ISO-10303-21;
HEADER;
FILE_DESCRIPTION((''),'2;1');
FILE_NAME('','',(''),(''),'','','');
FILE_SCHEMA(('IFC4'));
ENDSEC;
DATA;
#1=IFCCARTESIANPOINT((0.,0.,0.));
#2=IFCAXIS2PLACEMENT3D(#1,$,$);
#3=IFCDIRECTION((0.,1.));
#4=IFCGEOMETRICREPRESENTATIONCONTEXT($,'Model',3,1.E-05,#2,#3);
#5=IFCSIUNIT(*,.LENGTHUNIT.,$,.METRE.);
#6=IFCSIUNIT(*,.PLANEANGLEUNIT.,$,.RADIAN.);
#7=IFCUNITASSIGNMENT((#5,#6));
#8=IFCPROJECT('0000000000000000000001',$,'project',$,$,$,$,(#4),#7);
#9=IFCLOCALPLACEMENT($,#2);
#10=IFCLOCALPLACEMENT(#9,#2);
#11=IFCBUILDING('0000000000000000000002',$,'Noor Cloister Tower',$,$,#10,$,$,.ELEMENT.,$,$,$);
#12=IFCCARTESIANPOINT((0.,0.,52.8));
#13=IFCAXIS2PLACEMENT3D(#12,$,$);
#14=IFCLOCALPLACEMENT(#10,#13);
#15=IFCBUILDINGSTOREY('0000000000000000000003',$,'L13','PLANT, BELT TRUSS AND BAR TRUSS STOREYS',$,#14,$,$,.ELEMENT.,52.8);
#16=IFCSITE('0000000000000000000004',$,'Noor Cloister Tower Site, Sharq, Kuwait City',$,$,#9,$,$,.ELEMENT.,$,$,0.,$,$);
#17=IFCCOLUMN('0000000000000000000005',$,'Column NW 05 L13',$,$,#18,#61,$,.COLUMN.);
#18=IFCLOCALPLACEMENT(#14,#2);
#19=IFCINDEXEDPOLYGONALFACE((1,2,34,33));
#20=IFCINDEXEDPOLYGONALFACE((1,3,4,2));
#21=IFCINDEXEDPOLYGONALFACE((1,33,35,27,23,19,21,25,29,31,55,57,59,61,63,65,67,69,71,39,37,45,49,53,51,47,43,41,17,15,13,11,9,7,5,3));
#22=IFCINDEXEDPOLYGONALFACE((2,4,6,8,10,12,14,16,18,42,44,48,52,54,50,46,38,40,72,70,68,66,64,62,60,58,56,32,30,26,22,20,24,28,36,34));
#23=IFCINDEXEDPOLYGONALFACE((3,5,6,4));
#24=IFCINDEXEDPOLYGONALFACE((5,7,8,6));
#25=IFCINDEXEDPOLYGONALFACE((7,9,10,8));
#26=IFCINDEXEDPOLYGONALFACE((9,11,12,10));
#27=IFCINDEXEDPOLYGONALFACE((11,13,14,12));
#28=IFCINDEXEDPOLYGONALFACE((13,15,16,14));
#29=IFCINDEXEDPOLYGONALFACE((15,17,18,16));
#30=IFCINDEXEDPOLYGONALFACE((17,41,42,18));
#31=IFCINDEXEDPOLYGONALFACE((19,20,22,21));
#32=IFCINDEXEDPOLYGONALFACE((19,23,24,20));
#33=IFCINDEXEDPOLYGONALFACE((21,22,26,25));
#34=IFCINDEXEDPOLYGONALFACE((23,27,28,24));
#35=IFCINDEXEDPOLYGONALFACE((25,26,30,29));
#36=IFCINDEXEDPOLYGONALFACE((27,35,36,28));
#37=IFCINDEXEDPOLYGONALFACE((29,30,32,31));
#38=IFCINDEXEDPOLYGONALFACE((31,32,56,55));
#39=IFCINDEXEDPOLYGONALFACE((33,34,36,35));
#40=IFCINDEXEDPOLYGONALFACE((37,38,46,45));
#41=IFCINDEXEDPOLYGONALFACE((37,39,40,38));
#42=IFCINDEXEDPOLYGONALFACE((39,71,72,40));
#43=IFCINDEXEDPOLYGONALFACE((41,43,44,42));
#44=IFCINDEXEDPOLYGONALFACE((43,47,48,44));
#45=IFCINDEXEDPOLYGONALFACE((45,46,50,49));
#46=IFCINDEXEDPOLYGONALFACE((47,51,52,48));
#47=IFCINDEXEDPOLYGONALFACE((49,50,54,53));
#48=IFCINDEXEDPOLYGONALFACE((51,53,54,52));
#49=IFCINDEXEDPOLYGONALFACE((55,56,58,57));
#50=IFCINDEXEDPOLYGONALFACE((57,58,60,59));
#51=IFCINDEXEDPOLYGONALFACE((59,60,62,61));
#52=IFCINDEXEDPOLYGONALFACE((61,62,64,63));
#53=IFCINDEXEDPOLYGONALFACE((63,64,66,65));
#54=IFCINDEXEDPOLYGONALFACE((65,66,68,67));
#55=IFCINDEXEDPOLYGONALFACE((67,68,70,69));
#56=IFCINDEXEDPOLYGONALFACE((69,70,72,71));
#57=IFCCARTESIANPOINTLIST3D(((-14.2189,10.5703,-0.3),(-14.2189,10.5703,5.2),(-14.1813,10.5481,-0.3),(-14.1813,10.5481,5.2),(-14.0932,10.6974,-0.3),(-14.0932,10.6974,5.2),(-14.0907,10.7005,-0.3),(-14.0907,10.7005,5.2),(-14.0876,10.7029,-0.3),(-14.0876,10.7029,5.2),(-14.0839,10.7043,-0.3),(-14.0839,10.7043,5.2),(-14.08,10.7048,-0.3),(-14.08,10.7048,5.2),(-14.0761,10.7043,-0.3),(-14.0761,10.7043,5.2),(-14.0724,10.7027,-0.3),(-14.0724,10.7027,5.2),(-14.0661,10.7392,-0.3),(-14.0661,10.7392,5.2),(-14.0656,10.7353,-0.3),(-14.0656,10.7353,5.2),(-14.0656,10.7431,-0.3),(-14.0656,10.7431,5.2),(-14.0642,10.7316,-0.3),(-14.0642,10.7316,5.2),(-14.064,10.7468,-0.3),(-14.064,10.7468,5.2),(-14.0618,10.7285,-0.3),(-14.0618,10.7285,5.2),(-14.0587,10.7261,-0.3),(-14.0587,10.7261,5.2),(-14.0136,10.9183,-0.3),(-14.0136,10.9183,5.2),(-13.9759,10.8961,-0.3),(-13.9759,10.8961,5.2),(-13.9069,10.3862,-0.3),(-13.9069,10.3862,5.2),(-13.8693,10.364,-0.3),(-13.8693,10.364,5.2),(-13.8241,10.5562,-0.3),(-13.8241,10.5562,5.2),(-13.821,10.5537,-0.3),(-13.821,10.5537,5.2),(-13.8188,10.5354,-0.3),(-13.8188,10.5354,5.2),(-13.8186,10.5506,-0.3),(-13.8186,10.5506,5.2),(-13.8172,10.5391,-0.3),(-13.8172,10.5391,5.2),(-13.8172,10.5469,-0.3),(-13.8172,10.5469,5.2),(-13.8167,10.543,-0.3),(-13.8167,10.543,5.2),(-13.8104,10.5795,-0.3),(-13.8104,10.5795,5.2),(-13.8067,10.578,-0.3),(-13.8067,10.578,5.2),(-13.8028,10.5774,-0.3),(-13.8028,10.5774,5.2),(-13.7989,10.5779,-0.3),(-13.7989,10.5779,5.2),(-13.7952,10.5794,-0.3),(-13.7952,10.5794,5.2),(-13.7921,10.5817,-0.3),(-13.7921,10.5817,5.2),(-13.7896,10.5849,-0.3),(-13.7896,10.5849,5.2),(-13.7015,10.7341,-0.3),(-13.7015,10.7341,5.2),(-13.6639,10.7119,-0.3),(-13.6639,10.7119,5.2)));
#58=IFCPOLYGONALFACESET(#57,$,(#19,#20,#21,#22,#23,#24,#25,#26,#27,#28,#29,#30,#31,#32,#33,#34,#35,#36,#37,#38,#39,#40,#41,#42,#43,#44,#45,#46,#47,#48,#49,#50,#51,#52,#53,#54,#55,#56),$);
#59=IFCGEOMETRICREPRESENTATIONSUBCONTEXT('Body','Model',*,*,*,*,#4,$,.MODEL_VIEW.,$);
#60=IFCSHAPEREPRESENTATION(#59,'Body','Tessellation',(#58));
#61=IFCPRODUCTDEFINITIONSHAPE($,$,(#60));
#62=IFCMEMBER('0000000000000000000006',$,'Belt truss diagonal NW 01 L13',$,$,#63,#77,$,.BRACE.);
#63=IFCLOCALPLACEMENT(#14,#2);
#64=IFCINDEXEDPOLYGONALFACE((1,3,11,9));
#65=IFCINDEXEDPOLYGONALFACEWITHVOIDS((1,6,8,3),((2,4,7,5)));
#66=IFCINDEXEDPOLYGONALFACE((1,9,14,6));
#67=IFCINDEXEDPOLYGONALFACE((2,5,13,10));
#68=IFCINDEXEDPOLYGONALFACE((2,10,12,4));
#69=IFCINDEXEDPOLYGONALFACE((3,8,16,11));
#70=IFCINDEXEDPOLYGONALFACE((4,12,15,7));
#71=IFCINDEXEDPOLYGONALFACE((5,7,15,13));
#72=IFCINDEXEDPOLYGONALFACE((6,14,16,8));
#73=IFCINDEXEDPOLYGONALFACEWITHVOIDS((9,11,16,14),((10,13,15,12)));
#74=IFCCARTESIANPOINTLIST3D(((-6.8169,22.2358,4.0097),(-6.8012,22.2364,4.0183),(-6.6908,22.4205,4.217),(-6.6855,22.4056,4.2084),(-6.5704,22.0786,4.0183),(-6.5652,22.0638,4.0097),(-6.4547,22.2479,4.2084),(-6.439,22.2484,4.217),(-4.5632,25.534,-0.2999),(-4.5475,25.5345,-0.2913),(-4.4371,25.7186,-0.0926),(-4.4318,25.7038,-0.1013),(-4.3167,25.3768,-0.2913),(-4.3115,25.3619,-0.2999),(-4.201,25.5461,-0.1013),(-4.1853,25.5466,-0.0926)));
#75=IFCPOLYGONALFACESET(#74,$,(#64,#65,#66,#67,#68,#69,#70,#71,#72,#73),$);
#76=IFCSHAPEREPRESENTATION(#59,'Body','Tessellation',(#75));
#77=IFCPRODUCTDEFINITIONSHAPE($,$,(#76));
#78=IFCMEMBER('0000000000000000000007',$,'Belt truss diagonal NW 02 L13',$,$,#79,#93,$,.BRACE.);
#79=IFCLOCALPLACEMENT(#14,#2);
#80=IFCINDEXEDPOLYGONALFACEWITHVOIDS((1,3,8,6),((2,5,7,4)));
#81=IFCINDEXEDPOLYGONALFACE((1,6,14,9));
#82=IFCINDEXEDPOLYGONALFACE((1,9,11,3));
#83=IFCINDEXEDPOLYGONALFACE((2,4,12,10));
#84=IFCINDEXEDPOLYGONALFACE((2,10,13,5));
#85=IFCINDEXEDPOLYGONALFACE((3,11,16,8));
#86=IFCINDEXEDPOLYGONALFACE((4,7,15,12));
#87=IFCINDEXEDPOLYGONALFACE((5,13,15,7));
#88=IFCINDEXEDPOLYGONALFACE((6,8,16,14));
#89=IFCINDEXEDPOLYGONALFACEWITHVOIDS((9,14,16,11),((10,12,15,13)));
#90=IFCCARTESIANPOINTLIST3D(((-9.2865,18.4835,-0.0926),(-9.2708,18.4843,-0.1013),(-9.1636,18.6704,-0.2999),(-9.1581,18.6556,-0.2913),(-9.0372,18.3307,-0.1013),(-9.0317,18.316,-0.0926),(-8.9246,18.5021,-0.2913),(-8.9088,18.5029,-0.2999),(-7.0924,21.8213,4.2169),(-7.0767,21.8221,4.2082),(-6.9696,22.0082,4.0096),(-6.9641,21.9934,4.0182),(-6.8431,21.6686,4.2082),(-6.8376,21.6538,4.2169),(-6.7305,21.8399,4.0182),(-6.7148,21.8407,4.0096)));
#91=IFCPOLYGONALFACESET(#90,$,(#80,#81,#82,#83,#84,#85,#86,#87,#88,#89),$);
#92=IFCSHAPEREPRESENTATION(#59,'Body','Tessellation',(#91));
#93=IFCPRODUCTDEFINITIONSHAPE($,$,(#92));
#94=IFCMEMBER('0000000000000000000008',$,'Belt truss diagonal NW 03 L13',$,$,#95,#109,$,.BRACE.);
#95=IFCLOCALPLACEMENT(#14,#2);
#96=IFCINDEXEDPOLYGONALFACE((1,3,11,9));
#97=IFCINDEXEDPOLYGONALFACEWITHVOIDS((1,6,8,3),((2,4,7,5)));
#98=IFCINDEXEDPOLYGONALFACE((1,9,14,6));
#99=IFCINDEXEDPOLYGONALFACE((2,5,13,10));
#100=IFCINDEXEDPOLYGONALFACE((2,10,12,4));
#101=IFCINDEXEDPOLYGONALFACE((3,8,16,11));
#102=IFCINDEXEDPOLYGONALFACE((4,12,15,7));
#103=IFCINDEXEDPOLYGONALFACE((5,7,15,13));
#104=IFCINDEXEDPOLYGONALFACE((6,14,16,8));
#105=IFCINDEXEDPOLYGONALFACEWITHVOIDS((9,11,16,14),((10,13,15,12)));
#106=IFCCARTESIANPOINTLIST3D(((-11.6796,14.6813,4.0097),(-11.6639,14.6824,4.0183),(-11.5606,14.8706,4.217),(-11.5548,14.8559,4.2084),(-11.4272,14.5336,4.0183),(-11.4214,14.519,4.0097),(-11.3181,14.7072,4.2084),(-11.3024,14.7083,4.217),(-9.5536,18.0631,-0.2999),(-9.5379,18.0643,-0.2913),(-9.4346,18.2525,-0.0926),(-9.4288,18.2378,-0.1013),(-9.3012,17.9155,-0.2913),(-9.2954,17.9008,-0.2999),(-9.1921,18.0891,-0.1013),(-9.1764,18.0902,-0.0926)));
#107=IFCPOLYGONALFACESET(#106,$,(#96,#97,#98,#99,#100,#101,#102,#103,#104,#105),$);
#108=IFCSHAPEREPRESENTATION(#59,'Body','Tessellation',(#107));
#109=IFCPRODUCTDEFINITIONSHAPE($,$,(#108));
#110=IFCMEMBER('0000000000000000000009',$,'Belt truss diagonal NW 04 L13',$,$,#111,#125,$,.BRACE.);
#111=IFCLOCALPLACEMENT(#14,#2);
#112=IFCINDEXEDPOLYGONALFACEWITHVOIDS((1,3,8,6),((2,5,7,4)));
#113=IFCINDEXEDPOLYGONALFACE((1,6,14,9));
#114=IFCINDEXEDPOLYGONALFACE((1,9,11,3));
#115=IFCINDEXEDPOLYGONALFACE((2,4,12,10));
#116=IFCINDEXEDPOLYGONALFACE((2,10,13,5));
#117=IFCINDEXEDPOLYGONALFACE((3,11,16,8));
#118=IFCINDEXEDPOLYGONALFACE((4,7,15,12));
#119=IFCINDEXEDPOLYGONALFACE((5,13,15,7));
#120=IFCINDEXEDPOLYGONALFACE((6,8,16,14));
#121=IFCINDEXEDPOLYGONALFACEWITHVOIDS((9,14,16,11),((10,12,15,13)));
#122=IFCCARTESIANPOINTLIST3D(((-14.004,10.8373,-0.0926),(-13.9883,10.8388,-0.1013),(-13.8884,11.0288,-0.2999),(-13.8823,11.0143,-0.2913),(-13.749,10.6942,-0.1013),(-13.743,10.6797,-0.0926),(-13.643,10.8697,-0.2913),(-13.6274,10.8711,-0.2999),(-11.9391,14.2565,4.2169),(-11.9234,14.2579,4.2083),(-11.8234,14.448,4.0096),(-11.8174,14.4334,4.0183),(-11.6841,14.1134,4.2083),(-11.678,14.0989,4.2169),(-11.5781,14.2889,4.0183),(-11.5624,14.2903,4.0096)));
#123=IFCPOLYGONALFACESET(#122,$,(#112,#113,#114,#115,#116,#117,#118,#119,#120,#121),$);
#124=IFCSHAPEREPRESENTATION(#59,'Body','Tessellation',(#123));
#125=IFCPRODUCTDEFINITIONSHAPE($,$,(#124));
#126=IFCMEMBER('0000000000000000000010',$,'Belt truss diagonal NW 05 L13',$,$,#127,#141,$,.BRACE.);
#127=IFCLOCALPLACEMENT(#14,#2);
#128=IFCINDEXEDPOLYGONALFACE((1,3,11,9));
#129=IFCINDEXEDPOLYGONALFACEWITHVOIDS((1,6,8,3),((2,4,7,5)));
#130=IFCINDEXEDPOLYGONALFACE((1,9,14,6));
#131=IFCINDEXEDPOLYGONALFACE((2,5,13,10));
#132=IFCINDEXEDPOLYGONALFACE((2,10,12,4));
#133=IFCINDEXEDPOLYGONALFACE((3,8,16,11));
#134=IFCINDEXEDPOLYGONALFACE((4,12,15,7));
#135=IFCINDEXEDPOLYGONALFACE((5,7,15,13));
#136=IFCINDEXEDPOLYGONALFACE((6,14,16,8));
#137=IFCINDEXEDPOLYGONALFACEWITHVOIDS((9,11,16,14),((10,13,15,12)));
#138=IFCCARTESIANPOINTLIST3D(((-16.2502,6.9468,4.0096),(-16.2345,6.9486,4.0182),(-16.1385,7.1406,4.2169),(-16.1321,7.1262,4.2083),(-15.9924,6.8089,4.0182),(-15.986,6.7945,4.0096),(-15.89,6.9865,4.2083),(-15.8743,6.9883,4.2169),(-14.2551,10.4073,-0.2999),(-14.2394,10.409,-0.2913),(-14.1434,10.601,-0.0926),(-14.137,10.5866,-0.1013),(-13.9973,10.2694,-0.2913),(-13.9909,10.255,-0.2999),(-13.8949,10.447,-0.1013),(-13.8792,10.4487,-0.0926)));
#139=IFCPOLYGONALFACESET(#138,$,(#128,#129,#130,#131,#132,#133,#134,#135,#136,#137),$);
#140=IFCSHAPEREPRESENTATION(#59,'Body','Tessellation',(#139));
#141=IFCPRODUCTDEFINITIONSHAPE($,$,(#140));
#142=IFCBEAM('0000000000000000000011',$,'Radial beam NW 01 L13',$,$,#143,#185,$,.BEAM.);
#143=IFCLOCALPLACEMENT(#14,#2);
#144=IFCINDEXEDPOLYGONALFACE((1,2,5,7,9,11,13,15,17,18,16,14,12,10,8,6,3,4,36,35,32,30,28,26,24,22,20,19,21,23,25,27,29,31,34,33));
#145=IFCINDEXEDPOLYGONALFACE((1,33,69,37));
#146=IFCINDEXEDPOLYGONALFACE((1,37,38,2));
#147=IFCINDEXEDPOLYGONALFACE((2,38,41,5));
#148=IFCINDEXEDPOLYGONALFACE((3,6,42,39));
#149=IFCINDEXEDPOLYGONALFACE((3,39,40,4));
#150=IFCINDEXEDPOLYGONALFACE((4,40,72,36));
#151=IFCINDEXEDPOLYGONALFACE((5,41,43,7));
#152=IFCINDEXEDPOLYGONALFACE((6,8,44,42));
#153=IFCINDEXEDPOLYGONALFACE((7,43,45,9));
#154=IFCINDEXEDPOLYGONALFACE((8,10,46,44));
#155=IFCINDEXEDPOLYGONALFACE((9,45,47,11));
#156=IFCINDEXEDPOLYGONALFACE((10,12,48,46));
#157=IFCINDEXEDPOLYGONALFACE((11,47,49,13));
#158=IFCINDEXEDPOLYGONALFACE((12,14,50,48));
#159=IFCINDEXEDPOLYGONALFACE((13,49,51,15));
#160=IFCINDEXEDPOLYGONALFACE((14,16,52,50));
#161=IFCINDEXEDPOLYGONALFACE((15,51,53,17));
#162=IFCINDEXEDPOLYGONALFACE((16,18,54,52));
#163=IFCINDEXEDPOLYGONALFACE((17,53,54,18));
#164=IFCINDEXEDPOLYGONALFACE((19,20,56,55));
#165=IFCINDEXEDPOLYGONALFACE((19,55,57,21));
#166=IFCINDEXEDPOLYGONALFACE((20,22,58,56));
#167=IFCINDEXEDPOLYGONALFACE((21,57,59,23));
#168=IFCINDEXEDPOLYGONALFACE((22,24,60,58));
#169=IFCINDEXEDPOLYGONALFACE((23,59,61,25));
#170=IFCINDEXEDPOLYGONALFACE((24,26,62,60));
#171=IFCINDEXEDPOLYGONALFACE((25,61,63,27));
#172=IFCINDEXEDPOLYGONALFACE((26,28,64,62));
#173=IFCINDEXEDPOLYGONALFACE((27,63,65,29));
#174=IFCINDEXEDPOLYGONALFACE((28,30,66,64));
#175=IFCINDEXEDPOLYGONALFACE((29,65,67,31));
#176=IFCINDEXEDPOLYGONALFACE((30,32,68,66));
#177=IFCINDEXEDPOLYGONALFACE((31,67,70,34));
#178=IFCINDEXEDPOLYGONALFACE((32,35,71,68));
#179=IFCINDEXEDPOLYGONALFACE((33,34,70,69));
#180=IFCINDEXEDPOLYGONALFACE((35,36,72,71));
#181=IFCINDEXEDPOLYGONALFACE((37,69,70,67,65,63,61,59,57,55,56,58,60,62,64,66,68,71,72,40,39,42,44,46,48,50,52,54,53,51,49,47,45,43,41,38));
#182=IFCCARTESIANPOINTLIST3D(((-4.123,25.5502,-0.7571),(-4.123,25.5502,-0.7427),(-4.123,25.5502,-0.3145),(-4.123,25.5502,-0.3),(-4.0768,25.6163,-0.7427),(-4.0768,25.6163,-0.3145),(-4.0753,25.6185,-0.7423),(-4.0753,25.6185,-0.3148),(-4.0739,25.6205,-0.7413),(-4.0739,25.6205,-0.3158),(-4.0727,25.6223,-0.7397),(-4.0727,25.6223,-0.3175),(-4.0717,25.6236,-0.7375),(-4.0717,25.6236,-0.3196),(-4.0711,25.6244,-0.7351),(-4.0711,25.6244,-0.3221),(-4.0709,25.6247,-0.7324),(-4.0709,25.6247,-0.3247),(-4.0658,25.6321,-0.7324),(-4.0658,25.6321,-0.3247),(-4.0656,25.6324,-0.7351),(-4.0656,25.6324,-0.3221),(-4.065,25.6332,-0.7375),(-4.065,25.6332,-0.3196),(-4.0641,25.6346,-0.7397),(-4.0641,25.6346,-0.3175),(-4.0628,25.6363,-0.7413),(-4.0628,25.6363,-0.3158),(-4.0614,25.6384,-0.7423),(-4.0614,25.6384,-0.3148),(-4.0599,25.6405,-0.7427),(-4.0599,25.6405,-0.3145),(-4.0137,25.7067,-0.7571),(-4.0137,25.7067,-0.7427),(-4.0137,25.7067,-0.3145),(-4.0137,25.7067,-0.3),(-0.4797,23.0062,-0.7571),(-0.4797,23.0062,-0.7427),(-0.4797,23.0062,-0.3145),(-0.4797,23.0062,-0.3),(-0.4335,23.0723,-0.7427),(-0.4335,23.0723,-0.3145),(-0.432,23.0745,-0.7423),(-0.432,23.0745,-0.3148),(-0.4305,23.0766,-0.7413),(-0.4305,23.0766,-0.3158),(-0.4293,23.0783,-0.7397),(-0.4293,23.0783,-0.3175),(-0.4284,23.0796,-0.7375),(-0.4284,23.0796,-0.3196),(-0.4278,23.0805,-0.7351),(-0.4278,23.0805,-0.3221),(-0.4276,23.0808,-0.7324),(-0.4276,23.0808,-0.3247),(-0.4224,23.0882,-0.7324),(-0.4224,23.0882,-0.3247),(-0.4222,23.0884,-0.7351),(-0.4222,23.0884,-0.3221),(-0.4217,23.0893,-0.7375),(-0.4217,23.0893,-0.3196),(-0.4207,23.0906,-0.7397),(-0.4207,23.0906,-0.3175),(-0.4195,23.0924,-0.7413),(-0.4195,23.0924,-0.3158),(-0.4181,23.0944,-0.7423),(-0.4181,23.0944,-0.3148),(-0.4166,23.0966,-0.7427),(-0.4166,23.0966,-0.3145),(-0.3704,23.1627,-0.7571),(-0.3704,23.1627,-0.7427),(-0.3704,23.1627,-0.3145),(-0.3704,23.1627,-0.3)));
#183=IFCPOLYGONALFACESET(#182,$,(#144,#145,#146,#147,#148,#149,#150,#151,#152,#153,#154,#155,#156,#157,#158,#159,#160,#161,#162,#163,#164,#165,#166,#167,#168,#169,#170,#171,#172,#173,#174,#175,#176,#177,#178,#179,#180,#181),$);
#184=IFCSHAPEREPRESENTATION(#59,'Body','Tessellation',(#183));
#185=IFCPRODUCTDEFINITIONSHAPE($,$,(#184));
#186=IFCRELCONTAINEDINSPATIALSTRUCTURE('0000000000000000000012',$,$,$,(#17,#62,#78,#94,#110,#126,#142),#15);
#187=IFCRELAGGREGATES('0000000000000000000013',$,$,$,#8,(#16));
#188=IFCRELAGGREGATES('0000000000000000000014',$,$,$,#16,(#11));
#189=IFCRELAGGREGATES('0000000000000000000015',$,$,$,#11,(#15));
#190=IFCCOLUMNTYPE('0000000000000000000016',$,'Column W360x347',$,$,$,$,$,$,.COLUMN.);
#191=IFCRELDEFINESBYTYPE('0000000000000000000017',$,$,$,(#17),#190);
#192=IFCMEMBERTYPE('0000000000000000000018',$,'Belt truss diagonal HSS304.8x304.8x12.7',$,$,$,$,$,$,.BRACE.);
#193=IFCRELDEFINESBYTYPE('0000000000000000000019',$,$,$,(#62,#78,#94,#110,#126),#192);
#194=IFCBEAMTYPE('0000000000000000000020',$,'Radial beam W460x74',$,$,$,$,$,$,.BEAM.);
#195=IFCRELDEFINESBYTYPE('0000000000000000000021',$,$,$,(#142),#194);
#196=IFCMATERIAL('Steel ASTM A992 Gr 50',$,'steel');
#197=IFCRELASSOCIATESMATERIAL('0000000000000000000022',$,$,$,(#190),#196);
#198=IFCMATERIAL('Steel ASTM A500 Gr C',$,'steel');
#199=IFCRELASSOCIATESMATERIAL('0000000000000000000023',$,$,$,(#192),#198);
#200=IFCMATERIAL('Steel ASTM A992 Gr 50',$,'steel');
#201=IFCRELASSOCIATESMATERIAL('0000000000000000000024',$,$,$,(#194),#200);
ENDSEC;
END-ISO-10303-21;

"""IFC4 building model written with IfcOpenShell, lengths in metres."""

from ifc_helpers import new_model, si_unit, direction, frame, origin, origin_2d, place, context, subcontext, project, spatial, hollow_rectangle, i_section, extrude, material, material_profile, profile_set, type_object, element, save


model = new_model("IFC4")

# Units and contexts
model_context = context("Model", 3, precision=1e-05, world=origin(), true_north=direction((0.0, 1.0)))
body_context = subcontext(model_context, "Body", "Model", "MODEL_VIEW")
ifc_project = project(units=[si_unit("LENGTHUNIT", "METRE"), si_unit("PLANEANGLEUNIT", "RADIAN")], contexts=[model_context])

# Site, building, storey
site_placement = place(None, origin())
site = spatial("IfcSite", under=ifc_project, at=site_placement, Name="Noor Cloister Tower Site, Sharq, Kuwait City", CompositionType="ELEMENT", RefElevation=0.0)
building_placement = place(site_placement, origin())
building = spatial("IfcBuilding", under=site, at=building_placement, Name="Noor Cloister Tower", CompositionType="ELEMENT")
storey_placement = place(building_placement, frame((0.0, 0.0, 52.8)))
storey = spatial("IfcBuildingStorey", under=building, at=storey_placement, Name="L13", Description="PLANT, BELT TRUSS AND BAR TRUSS STOREYS", CompositionType="ELEMENT", Elevation=52.8)

# Column
ifc_material_1 = material(Name="Steel ASTM A992 Gr 50", Category="steel")
ifc_material_profile_1 = material_profile(ifc_material_1, i_section(OverallWidth=0.4041, OverallDepth=0.406, WebThickness=0.0271, FlangeThickness=0.0437, FilletRadius=0.0151, at=origin_2d()), Name="W360x347")
ifc_profile_set_1 = profile_set([ifc_material_profile_1], Name="Steel ASTM A992 Gr 50")
column_type = type_object("IfcColumnType", Name="Column W360x347", PredefinedType="COLUMN", material=ifc_profile_set_1)
for number, where, z_axis, x_axis, name in (
    (1, (-13.9414, 10.6411, -0.3), (0.0, 0.0, 1.0), (-0.508246, -0.861212, 0.0), "Column NW 05 L13"),
):
    element("IfcColumn", number, at=place(storey_placement, frame(where, z_axis=z_axis, x_axis=x_axis)), inside=storey, type_object=column_type, Name=name, PredefinedType="COLUMN", context=body_context, shape_type="SweptSolid", body=[
        extrude(i_section(OverallWidth=0.4041, OverallDepth=0.406, WebThickness=0.0271, FlangeThickness=0.0437, FilletRadius=0.0151, at=origin_2d()), origin(), (0.0, 0.0, 1.0), 5.5),
    ])

# Members
ifc_material_2 = material(Name="Steel ASTM A500 Gr C", Category="steel")
ifc_material_profile_2 = material_profile(ifc_material_2, hollow_rectangle(XDim=0.3049, YDim=0.3049, WallThickness=0.0127, at=origin_2d()), Name="HSS304.8x304.8x12.7")
ifc_profile_set_2 = profile_set([ifc_material_profile_2], Name="Steel ASTM A500 Gr C")
member_type = type_object("IfcMemberType", Name="Belt truss diagonal HSS304.8x304.8x12.7", PredefinedType="BRACE", material=ifc_profile_set_2)
member_1_placement = place(storey_placement, frame((-4.3743, 25.5403, -0.1963), z_axis=(-0.383529, -0.561271, 0.733404), x_axis=(0.825649, -0.564184, 0.0)))
element("IfcMember", 2, at=member_1_placement, inside=storey, type_object=member_type, Name="Belt truss diagonal NW 01 L13", PredefinedType="BRACE", context=body_context, shape_type="SweptSolid", body=[
    extrude(hollow_rectangle(XDim=0.3049, YDim=0.3049, WallThickness=0.0127, at=origin_2d()), origin(), (0.0, 0.0, 1.0), 5.8762),
])
member_2_placement = place(storey_placement, frame((-9.0977, 18.4932, -0.1963), z_axis=(0.373396, 0.56805, 0.733413), x_axis=(-0.835634, 0.549286, 0.0)))
element("IfcMember", 3, at=member_2_placement, inside=storey, type_object=member_type, Name="Belt truss diagonal NW 02 L13", PredefinedType="BRACE", context=body_context, shape_type="SweptSolid", body=[
    extrude(hollow_rectangle(XDim=0.3049, YDim=0.3049, WallThickness=0.0127, at=origin_2d()), origin(), (0.0, 0.0, 1.0), 5.876),
])
member_3_placement = place(storey_placement, frame((-9.365, 18.0767, -0.1963), z_axis=(-0.361798, -0.57552, 0.733402), x_axis=(0.846608, -0.532217, 0.0)))
element("IfcMember", 4, at=member_3_placement, inside=storey, type_object=member_type, Name="Belt truss diagonal NW 03 L13", PredefinedType="BRACE", context=body_context, shape_type="SweptSolid", body=[
    extrude(hollow_rectangle(XDim=0.3049, YDim=0.3049, WallThickness=0.0127, at=origin_2d()), origin(), (0.0, 0.0, 1.0), 5.8762),
])
for number, where, z_axis, x_axis, name in (
    (5, (-13.8157, 10.8542, -0.1963), (0.35142, 0.581892, 0.733421), (-0.856006, 0.516965, 0.0), "Belt truss diagonal NW 04 L13"),
    (6, (-14.0671, 10.428, -0.1963), (-0.339536, -0.588911, 0.733417), (0.866326, -0.499479, 0.0), "Belt truss diagonal NW 05 L13"),
):
    element("IfcMember", number, at=place(storey_placement, frame(where, z_axis=z_axis, x_axis=x_axis)), inside=storey, type_object=member_type, Name=name, PredefinedType="BRACE", context=body_context, shape_type="SweptSolid", body=[
        extrude(hollow_rectangle(XDim=0.3049, YDim=0.3049, WallThickness=0.0127, at=origin_2d()), origin(), (0.0, 0.0, 1.0), 5.876),
    ])

# Beam
ifc_material_3 = material(Name="Steel ASTM A992 Gr 50", Category="steel")
ifc_material_profile_3 = material_profile(ifc_material_3, i_section(OverallWidth=0.1909, OverallDepth=0.457, WebThickness=0.009, FlangeThickness=0.0144, FilletRadius=0.0103, at=origin_2d()), Name="W460x74")
ifc_profile_set_3 = profile_set([ifc_material_profile_3], Name="Steel ASTM A992 Gr 50")
beam_type_1 = type_object("IfcBeamType", Name="Radial beam W460x74", PredefinedType="BEAM", material=ifc_profile_set_3)
beam_1_placement = place(storey_placement, frame((-4.0684, 25.6284, -0.5286), z_axis=(0.819905, -0.5725, 0.0), x_axis=(0.5725, 0.819905, 0.0)))
element("IfcBeam", 7, at=beam_1_placement, inside=storey, type_object=beam_type_1, Name="Radial beam NW 01 L13", PredefinedType="BEAM", context=body_context, shape_type="SweptSolid", body=[
    extrude(i_section(OverallWidth=0.1909, OverallDepth=0.457, WebThickness=0.009, FlangeThickness=0.0144, FilletRadius=0.0103, at=origin_2d()), origin(), (0.0, 0.0, 1.0), 4.4436),
])

save(model, "model.ifc")
